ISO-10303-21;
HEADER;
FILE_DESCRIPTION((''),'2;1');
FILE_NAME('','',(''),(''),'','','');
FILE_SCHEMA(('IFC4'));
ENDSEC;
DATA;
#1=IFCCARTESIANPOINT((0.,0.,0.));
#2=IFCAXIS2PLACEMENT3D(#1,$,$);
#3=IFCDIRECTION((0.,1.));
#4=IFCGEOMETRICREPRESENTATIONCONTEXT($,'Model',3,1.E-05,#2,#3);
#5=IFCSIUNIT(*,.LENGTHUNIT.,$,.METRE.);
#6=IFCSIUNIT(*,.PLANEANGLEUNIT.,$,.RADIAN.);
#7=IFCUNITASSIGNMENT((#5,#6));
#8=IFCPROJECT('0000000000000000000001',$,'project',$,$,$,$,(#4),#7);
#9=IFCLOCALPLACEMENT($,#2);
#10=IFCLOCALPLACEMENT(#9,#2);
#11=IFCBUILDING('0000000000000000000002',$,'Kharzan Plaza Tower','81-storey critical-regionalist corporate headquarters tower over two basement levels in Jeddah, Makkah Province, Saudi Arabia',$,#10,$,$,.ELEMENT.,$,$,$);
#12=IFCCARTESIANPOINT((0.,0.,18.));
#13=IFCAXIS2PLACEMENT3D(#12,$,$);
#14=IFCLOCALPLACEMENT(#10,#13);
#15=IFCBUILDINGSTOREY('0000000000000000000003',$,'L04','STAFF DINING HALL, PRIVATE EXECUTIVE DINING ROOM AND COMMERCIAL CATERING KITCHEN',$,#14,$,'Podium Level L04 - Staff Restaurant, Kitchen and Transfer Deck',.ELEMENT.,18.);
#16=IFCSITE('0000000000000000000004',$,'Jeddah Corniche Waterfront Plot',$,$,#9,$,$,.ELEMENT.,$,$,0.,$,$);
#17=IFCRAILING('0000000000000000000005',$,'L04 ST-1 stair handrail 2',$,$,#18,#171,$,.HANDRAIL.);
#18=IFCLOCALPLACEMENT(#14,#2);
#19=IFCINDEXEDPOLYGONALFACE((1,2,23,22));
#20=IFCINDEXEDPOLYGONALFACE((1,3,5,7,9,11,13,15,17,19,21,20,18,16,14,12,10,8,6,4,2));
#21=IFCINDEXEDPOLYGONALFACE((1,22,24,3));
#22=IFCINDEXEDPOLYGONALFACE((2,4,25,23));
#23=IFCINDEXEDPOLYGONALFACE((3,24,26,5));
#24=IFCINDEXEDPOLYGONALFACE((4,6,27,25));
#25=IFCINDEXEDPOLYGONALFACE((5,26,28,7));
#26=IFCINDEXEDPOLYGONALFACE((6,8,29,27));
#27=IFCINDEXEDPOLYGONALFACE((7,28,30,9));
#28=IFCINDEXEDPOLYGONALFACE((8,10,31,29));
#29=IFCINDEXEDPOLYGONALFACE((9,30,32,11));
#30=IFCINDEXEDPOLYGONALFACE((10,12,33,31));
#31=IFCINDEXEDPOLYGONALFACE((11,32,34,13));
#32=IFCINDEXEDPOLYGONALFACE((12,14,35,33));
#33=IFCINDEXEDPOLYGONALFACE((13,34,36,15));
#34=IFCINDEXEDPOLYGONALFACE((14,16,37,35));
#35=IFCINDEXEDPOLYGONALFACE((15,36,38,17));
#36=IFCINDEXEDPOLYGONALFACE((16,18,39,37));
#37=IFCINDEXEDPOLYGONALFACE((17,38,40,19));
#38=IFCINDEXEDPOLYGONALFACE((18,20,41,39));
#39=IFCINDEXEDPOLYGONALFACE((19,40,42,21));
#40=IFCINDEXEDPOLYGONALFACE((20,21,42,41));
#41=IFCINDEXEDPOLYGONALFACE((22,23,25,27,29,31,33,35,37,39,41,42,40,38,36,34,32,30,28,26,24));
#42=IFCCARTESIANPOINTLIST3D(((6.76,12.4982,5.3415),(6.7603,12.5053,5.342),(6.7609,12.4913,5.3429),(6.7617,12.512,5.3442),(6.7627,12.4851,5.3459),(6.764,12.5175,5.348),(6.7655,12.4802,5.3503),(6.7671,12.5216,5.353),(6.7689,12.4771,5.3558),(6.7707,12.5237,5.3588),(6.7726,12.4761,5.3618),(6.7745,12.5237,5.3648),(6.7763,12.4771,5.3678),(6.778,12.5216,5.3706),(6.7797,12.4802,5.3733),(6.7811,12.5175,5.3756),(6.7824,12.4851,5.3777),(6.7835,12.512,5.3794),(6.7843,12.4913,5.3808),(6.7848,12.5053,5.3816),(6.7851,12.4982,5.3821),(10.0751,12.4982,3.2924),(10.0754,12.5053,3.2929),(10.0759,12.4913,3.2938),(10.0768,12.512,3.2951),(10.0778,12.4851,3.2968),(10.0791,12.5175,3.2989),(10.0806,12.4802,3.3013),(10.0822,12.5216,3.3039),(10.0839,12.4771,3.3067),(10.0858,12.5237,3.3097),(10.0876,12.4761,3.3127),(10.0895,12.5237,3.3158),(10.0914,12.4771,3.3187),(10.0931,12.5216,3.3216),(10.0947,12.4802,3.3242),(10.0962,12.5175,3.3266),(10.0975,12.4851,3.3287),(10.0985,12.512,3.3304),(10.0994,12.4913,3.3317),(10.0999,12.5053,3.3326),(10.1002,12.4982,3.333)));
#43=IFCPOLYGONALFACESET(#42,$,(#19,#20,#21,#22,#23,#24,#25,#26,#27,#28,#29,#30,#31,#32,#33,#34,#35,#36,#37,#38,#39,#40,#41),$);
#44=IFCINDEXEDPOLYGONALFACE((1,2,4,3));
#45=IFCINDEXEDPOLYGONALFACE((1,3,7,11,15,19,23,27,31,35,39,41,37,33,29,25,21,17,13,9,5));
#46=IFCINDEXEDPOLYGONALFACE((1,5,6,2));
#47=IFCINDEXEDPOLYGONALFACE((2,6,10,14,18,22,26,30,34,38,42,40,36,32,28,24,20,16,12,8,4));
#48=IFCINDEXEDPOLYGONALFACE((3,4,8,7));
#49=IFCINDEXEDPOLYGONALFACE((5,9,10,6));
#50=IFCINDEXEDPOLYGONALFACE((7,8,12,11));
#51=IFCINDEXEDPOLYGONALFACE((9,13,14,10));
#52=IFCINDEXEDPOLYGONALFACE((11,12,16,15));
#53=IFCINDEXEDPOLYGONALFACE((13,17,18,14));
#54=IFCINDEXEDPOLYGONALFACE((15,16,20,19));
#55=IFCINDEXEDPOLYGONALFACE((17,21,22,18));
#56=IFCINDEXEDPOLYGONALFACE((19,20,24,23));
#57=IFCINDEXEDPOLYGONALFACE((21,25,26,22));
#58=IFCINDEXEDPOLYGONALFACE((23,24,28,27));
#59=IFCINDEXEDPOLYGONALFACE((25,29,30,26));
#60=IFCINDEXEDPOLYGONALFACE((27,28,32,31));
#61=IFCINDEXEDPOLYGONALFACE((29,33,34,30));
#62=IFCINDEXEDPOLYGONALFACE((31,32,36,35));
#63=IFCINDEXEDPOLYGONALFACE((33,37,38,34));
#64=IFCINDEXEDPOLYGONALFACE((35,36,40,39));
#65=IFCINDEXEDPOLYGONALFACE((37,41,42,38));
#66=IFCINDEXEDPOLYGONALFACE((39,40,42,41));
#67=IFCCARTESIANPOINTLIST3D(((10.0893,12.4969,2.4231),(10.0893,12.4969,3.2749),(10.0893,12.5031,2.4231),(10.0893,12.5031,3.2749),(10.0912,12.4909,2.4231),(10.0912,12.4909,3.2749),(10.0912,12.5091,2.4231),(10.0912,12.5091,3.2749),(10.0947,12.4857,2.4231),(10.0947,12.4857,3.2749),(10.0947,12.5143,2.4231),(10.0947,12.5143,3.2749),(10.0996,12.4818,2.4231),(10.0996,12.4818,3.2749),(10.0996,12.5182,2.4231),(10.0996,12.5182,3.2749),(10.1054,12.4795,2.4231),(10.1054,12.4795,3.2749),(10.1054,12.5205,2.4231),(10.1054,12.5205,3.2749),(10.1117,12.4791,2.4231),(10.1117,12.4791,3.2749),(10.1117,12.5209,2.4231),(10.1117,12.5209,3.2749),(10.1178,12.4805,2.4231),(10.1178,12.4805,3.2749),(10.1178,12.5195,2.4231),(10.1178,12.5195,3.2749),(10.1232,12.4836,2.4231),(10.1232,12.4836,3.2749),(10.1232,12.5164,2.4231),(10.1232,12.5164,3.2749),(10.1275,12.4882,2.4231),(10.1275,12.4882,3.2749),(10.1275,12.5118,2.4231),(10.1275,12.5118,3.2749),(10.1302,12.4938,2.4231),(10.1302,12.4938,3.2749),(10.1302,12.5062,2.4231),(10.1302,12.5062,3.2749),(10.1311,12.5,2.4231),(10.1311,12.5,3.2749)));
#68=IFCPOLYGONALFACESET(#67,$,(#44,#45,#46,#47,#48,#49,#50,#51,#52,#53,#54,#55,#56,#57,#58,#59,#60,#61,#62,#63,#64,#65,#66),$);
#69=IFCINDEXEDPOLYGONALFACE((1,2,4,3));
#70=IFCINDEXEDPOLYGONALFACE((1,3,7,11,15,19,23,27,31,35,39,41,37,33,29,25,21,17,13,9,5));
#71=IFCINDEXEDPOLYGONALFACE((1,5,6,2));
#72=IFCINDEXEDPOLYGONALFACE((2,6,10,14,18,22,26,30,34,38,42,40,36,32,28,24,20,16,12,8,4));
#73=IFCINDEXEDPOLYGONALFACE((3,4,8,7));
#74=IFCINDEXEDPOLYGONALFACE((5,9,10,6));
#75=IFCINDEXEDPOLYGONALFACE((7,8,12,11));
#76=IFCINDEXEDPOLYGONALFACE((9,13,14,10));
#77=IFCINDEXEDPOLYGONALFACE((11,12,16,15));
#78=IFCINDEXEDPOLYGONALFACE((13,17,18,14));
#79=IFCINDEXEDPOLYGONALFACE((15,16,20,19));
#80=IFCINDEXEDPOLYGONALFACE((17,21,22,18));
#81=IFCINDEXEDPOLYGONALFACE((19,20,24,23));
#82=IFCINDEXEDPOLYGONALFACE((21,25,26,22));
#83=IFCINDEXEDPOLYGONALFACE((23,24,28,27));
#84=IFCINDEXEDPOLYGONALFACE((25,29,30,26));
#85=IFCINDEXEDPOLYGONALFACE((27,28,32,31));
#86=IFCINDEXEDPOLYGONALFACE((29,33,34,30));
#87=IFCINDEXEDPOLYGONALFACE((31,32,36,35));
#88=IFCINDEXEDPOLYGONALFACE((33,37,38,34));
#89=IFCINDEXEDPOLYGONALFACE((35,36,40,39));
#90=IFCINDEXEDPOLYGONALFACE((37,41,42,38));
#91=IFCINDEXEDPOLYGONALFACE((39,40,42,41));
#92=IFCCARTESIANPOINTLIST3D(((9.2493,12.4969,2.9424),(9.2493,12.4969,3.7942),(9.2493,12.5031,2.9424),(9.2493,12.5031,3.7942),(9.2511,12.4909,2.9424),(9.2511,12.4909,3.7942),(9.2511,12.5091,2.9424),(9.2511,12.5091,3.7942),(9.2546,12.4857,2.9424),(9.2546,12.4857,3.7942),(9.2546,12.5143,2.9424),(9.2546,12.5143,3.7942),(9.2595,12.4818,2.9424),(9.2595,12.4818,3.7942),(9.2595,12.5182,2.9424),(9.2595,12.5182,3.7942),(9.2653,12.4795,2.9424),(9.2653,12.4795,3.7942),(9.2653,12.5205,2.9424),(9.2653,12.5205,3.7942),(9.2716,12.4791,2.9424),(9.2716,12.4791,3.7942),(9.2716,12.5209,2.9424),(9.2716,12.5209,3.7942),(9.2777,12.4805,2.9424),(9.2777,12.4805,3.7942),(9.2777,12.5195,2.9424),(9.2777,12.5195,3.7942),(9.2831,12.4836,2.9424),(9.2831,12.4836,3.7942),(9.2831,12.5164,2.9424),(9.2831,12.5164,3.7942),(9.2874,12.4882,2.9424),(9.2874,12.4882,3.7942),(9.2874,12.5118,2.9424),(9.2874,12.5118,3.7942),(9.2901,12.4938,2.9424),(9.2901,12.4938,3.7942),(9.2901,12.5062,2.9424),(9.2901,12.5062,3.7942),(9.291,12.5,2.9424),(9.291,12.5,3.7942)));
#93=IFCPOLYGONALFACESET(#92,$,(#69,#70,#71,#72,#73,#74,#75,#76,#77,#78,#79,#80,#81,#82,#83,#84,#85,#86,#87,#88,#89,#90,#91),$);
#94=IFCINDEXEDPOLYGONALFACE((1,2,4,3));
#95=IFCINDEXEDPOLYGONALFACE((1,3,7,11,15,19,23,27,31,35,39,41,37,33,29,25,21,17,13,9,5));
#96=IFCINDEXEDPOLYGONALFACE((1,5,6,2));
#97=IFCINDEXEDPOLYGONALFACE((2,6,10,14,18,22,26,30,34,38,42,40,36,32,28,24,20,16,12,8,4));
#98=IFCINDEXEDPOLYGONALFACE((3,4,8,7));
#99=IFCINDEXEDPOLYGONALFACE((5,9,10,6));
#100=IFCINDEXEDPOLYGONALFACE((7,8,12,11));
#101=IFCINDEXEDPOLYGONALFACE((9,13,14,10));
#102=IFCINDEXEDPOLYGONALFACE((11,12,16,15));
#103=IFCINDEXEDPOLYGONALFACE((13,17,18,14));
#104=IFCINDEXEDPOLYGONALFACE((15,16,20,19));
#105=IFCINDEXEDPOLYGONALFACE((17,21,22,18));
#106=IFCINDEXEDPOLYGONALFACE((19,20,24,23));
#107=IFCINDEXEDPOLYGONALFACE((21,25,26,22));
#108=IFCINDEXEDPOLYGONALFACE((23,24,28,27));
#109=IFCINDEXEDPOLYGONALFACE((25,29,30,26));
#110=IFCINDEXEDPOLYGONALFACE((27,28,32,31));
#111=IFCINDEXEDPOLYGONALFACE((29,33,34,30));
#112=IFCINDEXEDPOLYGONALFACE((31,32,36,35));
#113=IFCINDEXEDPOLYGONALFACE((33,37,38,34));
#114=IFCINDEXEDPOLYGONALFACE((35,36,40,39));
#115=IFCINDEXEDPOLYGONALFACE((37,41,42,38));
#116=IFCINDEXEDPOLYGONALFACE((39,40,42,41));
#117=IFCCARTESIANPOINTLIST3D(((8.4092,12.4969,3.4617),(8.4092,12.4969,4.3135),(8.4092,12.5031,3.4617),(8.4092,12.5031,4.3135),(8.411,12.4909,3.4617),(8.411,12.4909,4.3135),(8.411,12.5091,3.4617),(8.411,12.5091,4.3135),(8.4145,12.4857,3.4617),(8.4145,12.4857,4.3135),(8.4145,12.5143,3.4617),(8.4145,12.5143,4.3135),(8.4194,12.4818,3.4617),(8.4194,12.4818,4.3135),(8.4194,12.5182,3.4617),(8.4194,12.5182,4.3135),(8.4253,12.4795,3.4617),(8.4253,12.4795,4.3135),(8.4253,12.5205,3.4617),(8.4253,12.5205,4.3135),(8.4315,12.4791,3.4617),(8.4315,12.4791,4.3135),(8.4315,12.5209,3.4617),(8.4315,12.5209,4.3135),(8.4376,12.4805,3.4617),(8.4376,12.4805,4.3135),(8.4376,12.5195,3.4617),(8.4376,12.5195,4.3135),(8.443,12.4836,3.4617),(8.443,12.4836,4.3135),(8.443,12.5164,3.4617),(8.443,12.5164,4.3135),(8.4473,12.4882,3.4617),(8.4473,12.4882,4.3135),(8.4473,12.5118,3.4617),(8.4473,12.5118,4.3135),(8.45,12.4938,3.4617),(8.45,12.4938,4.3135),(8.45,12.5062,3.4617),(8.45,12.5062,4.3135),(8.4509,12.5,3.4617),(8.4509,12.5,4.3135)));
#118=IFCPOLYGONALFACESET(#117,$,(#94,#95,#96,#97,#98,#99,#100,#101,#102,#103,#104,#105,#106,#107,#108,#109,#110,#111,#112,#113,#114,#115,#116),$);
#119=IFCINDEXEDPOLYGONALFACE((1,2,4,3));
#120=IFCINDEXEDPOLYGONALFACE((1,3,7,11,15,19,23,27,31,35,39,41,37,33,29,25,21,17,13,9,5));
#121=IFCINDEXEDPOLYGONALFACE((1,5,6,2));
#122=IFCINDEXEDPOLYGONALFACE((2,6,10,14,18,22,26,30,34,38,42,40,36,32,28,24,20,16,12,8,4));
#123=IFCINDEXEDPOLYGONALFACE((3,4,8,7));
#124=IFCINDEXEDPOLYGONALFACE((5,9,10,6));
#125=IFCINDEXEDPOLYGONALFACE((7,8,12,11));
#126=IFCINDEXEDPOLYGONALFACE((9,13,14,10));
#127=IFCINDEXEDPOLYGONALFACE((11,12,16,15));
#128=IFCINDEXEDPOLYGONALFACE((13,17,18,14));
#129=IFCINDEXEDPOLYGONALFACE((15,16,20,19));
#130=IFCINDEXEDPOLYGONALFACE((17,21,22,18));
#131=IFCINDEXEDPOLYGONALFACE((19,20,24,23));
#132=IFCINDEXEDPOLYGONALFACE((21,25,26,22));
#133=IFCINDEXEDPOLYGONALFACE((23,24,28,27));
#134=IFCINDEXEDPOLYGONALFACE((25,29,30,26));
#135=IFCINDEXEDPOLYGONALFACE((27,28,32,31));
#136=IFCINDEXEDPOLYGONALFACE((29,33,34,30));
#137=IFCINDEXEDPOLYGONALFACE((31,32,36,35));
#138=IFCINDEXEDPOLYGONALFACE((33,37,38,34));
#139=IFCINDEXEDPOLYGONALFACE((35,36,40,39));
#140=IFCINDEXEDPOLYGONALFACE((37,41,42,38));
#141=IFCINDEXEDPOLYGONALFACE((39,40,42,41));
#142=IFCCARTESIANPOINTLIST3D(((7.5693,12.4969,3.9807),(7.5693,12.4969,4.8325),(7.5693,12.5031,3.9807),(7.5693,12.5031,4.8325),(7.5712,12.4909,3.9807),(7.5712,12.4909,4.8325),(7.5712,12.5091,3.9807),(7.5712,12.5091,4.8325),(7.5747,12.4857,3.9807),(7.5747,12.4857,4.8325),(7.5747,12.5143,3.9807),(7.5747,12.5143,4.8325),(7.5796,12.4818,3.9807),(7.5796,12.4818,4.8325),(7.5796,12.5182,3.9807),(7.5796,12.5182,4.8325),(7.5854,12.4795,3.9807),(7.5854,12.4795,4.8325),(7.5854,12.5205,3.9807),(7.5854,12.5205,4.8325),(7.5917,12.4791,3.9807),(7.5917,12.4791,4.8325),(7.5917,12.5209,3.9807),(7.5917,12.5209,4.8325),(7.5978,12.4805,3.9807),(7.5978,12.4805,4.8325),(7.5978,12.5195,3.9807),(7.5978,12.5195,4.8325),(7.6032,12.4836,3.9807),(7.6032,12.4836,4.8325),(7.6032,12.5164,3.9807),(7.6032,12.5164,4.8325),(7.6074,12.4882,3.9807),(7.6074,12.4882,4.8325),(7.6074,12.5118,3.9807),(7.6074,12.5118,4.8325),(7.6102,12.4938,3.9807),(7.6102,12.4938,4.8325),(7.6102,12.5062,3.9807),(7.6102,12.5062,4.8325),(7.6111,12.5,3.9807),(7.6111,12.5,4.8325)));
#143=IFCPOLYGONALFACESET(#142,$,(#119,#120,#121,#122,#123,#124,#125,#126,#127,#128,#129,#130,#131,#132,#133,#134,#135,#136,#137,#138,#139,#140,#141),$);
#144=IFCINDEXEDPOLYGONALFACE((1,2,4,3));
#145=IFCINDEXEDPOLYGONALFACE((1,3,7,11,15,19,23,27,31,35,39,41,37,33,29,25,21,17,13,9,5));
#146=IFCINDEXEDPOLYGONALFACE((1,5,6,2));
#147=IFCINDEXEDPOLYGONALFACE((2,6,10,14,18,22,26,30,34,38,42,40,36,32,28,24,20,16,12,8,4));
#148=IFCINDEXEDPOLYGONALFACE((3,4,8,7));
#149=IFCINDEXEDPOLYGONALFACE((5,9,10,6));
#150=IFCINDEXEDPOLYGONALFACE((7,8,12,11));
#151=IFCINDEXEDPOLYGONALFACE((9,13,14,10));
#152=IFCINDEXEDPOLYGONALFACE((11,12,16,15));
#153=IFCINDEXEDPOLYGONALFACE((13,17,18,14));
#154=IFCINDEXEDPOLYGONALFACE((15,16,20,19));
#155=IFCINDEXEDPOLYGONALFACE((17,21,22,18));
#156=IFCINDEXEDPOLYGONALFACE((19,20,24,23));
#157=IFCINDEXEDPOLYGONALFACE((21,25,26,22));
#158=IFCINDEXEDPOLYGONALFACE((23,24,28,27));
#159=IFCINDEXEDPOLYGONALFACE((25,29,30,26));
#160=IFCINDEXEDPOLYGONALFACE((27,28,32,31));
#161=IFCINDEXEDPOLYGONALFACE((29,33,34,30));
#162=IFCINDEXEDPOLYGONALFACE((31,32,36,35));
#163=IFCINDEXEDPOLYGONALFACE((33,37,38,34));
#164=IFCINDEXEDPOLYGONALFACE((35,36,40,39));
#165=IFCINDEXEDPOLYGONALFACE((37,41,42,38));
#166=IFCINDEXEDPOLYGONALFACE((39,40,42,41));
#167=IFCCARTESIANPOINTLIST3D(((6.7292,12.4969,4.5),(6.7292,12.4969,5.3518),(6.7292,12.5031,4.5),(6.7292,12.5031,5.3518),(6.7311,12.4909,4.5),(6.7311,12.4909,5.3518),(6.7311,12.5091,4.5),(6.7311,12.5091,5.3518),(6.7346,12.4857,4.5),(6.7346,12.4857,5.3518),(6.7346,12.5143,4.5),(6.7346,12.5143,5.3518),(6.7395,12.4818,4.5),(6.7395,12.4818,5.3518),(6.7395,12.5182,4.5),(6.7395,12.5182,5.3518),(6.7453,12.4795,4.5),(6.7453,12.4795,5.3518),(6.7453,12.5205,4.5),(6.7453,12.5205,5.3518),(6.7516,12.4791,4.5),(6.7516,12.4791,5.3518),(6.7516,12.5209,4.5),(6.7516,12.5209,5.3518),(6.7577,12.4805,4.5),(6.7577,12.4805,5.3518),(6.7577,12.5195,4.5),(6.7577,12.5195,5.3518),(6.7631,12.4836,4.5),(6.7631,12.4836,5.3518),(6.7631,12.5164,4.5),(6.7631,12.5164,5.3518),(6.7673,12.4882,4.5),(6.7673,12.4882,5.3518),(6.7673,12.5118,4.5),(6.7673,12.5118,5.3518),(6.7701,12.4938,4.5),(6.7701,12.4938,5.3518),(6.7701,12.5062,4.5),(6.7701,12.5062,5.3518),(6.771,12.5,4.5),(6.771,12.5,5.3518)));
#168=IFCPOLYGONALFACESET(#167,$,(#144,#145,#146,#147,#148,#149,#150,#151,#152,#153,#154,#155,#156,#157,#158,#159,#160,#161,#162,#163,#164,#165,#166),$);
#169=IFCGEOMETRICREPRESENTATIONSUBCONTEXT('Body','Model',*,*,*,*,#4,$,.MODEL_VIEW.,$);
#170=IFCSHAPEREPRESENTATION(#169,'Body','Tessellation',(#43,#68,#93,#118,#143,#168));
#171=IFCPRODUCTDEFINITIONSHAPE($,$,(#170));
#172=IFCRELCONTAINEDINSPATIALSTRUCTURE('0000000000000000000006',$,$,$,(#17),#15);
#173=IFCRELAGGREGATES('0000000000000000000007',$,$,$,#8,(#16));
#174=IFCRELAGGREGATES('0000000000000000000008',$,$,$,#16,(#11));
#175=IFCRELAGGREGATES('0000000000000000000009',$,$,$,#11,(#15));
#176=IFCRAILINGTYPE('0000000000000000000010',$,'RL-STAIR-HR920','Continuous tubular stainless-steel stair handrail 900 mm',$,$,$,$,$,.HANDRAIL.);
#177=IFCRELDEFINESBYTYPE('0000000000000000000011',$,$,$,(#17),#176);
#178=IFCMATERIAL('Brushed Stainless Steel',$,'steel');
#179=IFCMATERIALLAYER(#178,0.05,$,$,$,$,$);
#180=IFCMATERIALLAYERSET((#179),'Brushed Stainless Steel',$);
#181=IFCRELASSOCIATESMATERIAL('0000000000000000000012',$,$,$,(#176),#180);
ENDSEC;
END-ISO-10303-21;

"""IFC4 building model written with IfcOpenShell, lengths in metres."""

from ifc_helpers import new_model, si_unit, direction, frame, origin, origin_2d, place, context, subcontext, project, spatial, circle, extrude, source, transform, mapped, material, layer, layer_set, type_object, element, save


model = new_model("IFC4")

# Units and contexts
model_context = context("Model", 3, precision=1e-05, world=origin(), true_north=direction((0.0, 1.0)))
body_context = subcontext(model_context, "Body", "Model", "MODEL_VIEW")
ifc_project = project(units=[si_unit("LENGTHUNIT", "METRE"), si_unit("PLANEANGLEUNIT", "RADIAN")], contexts=[model_context])

# Site, building, storey
site_placement = place(None, origin())
site = spatial("IfcSite", under=ifc_project, at=site_placement, Name="Jeddah Corniche Waterfront Plot", CompositionType="ELEMENT", RefElevation=0.0)
building_placement = place(site_placement, origin())
building = spatial("IfcBuilding", under=site, at=building_placement, Name="Kharzan Plaza Tower", Description="81-storey critical-regionalist corporate headquarters tower over two basement levels in Jeddah, Makkah Province, Saudi Arabia", CompositionType="ELEMENT")
storey_placement = place(building_placement, frame((0.0, 0.0, 18.0)))
storey = spatial("IfcBuildingStorey", under=building, at=storey_placement, Name="L04", Description="STAFF DINING HALL, PRIVATE EXECUTIVE DINING ROOM AND COMMERCIAL CATERING KITCHEN", LongName="Podium Level L04 - Staff Restaurant, Kitchen and Transfer Deck", CompositionType="ELEMENT", Elevation=18.0)

# Shared definitions
ifc_material_1 = material(Name="Brushed Stainless Steel", Category="steel")

# Railing
ifc_layer_1 = layer(ifc_material_1, 0.05)
ifc_layer_set_1 = layer_set([ifc_layer_1], Name="Brushed Stainless Steel")
railing_type_1 = type_object("IfcRailingType", Name="RL-STAIR-HR920", Description="Continuous tubular stainless-steel stair handrail 900 mm", PredefinedType="HANDRAIL", material=ifc_layer_set_1)
shared_shape_1 = source(origin(), body_context, "Body", "SweptSolid", [
    extrude(circle(Radius=0.0239, at=origin_2d()), frame((-0.0225, 0.0, 0.8896), z_axis=(-0.850623, 0.0, 0.525776), x_axis=(0.0, -1.0, 0.0)), (0.0, 0.0, 1.0), 3.8972),
    extrude(circle(Radius=0.021, at=origin_2d()), origin(), (0.0, 0.0, 1.0), 0.8518),
    extrude(circle(Radius=0.021, at=origin_2d()), frame((-0.8401, 0.0, 0.5193)), (0.0, 0.0, 1.0), 0.8518),
    extrude(circle(Radius=0.021, at=origin_2d()), frame((-1.6802, 0.0, 1.0386)), (0.0, 0.0, 1.0), 0.8518),
    extrude(circle(Radius=0.021, at=origin_2d()), frame((-2.52, 0.0, 1.5576)), (0.0, 0.0, 1.0), 0.8518),
    extrude(circle(Radius=0.021, at=origin_2d()), frame((-3.3601, 0.0, 2.0769)), (0.0, 0.0, 1.0), 0.8518),
])
railing_1_placement = place(storey_placement, frame((10.1101, 12.5, 2.4231)))
element("IfcRailing", 1, at=railing_1_placement, inside=storey, type_object=railing_type_1, Name="L04 ST-1 stair handrail 2", PredefinedType="HANDRAIL", context=body_context, shape_type="MappedRepresentation", body=[
    mapped(shared_shape_1, transform((0.0, 0.0, 0.0), x_axis=(1.0, 0.0, 0.0), y_axis=(0.0, 1.0, 0.0), z_axis=(0.0, 0.0, 1.0))),
])

save(model, "model.ifc")
